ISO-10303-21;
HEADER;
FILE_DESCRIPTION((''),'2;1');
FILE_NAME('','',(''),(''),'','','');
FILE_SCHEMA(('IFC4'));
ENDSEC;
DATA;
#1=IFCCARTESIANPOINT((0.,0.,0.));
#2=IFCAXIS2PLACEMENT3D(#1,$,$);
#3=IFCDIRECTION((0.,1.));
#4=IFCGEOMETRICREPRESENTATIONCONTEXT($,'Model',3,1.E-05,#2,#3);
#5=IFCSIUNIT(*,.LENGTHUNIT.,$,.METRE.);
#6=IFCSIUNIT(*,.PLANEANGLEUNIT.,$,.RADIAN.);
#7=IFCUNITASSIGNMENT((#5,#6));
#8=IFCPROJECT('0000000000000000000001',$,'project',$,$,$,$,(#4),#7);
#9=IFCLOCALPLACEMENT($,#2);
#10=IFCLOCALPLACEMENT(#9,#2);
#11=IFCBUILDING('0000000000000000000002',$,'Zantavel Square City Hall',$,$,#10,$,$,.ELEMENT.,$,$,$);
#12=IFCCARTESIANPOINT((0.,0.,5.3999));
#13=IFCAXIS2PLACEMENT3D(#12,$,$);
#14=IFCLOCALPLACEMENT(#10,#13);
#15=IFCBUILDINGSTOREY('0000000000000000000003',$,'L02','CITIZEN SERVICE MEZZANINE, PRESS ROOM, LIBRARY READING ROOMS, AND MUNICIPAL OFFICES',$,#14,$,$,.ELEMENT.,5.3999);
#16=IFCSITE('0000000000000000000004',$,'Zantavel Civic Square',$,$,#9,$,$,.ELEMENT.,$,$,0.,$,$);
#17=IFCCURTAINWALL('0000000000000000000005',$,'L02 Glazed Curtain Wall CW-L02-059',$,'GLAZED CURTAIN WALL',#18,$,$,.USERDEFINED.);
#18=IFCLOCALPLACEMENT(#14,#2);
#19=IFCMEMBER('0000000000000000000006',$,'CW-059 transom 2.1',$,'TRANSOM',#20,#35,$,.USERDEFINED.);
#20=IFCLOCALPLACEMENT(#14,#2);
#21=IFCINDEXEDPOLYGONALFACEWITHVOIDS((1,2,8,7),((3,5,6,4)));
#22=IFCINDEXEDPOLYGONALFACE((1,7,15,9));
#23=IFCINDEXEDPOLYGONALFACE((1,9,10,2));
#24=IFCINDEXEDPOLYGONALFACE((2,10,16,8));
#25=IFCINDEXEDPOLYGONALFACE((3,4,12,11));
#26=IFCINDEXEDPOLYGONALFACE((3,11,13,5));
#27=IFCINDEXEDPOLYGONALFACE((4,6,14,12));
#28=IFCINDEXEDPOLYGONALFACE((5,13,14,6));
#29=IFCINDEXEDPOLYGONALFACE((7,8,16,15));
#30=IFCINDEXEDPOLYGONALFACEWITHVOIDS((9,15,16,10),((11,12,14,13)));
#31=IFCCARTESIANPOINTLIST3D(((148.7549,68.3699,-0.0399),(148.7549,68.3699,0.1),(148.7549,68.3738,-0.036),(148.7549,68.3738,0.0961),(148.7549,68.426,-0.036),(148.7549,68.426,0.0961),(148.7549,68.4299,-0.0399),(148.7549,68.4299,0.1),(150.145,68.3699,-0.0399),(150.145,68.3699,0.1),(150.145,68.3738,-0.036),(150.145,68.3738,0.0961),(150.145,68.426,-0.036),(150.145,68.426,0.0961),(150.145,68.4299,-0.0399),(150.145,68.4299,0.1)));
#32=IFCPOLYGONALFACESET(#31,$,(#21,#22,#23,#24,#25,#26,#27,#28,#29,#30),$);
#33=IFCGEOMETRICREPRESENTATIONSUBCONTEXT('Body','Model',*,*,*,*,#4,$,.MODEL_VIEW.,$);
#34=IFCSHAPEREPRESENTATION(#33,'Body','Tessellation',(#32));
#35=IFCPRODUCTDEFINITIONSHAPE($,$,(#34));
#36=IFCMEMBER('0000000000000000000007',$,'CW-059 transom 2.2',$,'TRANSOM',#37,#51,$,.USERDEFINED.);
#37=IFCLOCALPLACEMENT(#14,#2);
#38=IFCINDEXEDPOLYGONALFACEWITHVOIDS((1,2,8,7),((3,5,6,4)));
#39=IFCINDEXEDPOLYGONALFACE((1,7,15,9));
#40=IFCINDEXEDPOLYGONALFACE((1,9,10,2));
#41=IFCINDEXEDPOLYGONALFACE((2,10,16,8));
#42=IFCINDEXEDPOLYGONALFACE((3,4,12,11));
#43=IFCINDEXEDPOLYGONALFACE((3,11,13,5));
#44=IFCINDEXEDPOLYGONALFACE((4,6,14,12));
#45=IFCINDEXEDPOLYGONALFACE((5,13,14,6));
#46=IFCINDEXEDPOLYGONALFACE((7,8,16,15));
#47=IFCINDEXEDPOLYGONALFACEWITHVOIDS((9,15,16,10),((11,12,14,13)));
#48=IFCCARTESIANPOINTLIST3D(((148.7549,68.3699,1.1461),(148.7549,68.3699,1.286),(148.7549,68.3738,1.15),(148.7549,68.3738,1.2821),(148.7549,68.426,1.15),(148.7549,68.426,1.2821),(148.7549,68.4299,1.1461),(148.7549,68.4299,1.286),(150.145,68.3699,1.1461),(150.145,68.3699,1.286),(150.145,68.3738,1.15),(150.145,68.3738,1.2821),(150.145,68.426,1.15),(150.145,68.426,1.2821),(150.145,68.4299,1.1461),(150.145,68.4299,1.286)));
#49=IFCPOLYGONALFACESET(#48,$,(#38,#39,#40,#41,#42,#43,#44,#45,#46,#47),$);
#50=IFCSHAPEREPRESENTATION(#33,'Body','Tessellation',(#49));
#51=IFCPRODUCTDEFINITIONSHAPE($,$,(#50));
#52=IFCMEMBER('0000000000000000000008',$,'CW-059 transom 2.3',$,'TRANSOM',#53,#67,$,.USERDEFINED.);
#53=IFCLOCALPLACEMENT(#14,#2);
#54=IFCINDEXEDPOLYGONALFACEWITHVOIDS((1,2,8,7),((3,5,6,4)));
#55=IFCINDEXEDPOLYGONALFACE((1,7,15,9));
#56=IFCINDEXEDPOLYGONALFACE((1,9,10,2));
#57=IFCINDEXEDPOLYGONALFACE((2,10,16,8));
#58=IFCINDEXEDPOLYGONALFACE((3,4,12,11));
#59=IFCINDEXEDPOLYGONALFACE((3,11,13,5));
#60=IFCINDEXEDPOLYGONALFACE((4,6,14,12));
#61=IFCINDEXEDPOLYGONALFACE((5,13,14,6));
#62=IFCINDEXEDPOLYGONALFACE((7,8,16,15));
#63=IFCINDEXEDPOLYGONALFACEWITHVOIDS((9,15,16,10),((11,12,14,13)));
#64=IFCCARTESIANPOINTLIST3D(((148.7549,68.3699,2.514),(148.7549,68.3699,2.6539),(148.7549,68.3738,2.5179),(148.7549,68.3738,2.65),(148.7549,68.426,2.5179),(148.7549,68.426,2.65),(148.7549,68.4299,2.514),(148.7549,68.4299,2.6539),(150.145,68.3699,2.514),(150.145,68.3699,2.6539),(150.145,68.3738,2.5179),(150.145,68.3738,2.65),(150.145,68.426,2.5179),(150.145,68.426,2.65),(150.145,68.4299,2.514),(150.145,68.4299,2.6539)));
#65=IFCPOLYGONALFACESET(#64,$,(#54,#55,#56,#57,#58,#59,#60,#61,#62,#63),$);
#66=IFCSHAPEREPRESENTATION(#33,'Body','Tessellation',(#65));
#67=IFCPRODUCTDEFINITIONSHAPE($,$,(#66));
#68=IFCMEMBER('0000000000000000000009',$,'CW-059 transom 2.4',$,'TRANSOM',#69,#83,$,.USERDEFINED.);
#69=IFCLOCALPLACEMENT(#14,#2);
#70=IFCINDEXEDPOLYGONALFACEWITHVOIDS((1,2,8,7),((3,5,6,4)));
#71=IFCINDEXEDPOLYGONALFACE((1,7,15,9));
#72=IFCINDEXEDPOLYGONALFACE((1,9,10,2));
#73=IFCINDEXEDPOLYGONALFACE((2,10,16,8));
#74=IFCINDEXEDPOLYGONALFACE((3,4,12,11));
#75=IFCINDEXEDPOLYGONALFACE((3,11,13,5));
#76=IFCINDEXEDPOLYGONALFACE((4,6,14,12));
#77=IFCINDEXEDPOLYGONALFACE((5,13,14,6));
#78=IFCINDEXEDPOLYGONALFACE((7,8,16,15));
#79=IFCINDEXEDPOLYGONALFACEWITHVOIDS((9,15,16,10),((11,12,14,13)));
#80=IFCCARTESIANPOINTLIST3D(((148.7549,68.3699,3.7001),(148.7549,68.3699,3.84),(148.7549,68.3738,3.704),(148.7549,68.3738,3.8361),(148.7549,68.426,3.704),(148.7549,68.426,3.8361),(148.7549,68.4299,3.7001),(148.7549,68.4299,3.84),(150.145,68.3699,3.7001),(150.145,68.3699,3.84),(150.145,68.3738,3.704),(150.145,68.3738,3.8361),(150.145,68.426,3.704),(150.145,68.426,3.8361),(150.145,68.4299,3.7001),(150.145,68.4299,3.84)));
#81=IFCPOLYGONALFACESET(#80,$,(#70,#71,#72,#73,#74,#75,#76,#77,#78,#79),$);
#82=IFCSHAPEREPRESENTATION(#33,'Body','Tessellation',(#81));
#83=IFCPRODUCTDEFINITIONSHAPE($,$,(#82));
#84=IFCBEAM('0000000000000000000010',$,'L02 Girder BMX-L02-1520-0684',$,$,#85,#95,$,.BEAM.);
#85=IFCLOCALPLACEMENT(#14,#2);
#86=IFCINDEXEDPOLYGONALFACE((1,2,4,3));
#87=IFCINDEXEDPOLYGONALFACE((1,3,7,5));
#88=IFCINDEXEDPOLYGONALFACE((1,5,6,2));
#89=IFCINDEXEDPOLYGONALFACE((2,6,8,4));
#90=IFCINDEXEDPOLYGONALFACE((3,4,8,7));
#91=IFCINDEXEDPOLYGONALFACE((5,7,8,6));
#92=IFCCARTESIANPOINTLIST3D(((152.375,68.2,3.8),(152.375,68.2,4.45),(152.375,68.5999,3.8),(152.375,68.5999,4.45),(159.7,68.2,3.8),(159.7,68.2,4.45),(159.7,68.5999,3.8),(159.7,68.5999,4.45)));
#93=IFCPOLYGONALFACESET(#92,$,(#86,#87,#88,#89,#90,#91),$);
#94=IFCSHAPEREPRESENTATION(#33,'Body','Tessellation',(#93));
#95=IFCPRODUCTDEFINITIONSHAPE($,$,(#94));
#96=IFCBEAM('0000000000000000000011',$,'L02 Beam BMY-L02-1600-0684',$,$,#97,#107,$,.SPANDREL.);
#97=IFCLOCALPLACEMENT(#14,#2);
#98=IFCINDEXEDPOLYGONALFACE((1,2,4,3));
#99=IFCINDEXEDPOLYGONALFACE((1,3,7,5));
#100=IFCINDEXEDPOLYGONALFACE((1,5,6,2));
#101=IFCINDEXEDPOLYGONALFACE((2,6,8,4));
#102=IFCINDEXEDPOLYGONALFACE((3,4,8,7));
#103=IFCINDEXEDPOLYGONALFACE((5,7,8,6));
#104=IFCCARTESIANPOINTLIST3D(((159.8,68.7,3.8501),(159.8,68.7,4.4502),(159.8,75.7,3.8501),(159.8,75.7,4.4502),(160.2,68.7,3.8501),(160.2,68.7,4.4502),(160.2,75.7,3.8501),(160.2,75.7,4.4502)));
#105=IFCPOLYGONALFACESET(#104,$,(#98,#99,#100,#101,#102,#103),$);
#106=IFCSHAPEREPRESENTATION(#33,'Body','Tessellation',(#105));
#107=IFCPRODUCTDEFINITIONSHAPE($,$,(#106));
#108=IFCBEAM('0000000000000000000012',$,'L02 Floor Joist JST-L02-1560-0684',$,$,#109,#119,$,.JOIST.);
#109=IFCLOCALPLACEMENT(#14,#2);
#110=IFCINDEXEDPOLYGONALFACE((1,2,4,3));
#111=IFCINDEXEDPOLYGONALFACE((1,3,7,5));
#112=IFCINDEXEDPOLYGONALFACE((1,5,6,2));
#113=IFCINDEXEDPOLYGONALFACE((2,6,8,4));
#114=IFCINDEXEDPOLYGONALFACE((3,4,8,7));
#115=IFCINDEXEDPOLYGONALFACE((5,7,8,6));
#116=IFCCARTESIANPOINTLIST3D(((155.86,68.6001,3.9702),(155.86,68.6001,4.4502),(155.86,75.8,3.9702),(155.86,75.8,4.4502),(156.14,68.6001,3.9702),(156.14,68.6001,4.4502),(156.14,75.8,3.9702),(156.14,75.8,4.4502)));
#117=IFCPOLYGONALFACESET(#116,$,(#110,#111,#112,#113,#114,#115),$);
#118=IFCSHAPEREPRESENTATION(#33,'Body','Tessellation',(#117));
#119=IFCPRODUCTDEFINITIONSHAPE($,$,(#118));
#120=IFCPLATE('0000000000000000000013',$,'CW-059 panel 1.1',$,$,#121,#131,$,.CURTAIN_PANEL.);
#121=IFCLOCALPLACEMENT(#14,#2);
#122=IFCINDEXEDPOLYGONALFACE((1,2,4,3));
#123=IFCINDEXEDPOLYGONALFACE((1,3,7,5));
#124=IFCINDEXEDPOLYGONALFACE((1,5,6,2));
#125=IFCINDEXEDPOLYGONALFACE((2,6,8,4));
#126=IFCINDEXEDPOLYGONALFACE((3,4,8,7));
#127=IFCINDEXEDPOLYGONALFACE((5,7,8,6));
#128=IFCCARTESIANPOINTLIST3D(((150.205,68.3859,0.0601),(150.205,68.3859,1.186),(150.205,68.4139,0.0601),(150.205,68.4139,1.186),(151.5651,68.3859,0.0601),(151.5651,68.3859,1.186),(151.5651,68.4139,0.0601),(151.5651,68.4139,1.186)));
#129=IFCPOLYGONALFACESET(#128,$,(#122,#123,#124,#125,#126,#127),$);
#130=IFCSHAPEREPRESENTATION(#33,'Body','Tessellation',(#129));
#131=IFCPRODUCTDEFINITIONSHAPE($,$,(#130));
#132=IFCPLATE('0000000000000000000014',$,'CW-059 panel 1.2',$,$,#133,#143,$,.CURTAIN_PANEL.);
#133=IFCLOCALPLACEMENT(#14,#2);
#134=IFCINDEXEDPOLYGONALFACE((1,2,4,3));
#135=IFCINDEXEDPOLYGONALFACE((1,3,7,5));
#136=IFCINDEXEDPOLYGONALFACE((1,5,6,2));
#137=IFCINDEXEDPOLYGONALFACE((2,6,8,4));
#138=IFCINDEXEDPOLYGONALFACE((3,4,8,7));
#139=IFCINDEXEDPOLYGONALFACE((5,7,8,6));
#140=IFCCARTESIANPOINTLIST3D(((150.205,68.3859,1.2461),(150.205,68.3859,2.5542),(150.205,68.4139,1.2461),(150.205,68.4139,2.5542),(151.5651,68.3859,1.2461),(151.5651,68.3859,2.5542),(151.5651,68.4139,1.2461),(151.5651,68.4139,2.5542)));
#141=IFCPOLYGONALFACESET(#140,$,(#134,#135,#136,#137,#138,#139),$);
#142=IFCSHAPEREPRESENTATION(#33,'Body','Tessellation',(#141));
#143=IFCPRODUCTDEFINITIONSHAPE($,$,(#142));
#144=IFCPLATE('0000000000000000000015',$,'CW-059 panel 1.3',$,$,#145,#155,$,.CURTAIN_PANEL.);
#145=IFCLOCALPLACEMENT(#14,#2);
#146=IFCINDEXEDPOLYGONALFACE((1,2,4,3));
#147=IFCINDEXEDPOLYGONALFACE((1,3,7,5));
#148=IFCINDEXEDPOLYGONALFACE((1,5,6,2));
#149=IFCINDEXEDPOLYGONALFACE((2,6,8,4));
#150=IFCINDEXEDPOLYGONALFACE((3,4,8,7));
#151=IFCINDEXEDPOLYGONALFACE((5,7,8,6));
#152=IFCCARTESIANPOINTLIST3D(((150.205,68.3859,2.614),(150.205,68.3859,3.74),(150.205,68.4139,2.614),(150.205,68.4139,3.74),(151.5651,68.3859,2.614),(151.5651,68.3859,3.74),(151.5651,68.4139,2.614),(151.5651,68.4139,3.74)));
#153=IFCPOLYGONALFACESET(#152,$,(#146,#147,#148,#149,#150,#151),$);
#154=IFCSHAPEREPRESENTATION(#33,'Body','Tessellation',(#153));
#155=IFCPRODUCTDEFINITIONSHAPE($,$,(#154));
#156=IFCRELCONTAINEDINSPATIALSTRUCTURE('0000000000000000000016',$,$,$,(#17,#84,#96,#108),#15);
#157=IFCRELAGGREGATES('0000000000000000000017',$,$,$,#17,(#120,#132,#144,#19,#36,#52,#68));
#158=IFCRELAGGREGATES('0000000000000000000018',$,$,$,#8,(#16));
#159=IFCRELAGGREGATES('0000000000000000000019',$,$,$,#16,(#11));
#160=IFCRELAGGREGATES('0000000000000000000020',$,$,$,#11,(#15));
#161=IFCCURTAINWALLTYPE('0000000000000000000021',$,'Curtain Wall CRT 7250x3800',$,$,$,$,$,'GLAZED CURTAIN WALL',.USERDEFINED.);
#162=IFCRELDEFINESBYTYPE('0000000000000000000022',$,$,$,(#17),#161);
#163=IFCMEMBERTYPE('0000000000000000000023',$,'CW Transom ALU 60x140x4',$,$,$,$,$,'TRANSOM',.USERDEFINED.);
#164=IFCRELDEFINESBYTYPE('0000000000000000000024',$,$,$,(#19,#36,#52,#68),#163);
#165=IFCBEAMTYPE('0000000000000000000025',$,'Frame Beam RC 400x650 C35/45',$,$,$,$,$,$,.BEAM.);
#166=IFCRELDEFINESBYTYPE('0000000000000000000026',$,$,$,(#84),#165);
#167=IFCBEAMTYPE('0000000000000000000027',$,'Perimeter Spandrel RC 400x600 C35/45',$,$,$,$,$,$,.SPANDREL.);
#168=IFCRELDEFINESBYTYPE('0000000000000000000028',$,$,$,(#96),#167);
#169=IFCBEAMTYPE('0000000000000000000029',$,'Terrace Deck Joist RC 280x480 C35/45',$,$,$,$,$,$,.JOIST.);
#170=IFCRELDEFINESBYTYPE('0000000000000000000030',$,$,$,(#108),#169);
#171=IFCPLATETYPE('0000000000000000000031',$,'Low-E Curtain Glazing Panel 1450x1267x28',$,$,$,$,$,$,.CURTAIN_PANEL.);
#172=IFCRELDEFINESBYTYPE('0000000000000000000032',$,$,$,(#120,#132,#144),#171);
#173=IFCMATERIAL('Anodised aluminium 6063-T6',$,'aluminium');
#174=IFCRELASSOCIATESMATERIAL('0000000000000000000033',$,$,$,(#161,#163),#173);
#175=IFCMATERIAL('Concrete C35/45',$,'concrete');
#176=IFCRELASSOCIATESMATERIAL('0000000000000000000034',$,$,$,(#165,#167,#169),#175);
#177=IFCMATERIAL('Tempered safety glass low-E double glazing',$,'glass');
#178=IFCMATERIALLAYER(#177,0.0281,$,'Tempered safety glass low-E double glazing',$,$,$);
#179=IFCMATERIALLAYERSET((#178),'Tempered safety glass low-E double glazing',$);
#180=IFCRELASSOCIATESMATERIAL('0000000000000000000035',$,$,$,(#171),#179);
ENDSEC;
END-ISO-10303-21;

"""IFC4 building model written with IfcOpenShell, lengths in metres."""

from ifc_helpers import new_model, si_unit, direction, frame, origin, origin_2d, place, context, subcontext, project, spatial, rectangle, hollow_rectangle, extrude, material, layer, layer_set, material_profile, profile_set, type_object, element, aggregate, save


model = new_model("IFC4")

# Units and contexts
model_context = context("Model", 3, precision=1e-05, world=origin(), true_north=direction((0.0, 1.0)))
body_context = subcontext(model_context, "Body", "Model", "MODEL_VIEW")
ifc_project = project(units=[si_unit("LENGTHUNIT", "METRE"), si_unit("PLANEANGLEUNIT", "RADIAN")], contexts=[model_context])

# Site, building, storey
site_placement = place(None, origin())
site = spatial("IfcSite", under=ifc_project, at=site_placement, Name="Zantavel Civic Square", CompositionType="ELEMENT", RefElevation=0.0)
building_placement = place(site_placement, origin())
building = spatial("IfcBuilding", under=site, at=building_placement, Name="Zantavel Square City Hall", CompositionType="ELEMENT")
storey_placement = place(building_placement, frame((0.0, 0.0, 5.3999)))
storey = spatial("IfcBuildingStorey", under=building, at=storey_placement, Name="L02", Description="CITIZEN SERVICE MEZZANINE, PRESS ROOM, LIBRARY READING ROOMS, AND MUNICIPAL OFFICES", CompositionType="ELEMENT", Elevation=5.3999)

# Shared definitions
ifc_material_1 = material(Name="Concrete C35/45", Category="concrete")

# Curtain wall, members
ifc_material_2 = material(Name="Anodised aluminium 6063-T6", Category="aluminium")
curtain_wall_type = type_object("IfcCurtainWallType", Name="Curtain Wall CRT 7250x3800", ElementType="GLAZED CURTAIN WALL", PredefinedType="USERDEFINED", material=ifc_material_2)
curtain_wall_placement = place(storey_placement, origin())
curtain_wall = element("IfcCurtainWall", 1, at=curtain_wall_placement, inside=storey, type_object=curtain_wall_type, Name="L02 Glazed Curtain Wall CW-L02-059", ObjectType="GLAZED CURTAIN WALL", PredefinedType="USERDEFINED")
ifc_material_profile_1 = material_profile(ifc_material_2, hollow_rectangle(XDim=0.0601, YDim=0.1399, WallThickness=0.0039, at=origin_2d()), Name="ALU 60x140x4")
ifc_profile_set_1 = profile_set([ifc_material_profile_1], Name="Anodised aluminium 6063-T6")
member_type_1 = type_object("IfcMemberType", Name="CW Transom ALU 60x140x4", ElementType="TRANSOM", PredefinedType="USERDEFINED", material=ifc_profile_set_1)
member_1_placement = place(storey_placement, frame((150.145, 68.3999, 0.03), z_axis=(-1.0, 0.0, 0.0), x_axis=(0.0, -1.0, 0.0)))
member_1 = element("IfcMember", 2, at=member_1_placement, type_object=member_type_1, Name="CW-059 transom 2.1", ObjectType="TRANSOM", PredefinedType="USERDEFINED", context=body_context, shape_type="SweptSolid", body=[
    extrude(hollow_rectangle(XDim=0.0601, YDim=0.1399, WallThickness=0.0039, at=origin_2d()), origin(), (0.0, 0.0, 1.0), 1.3901),
])
member_2_placement = place(storey_placement, frame((150.145, 68.3999, 1.2161), z_axis=(-1.0, 0.0, 0.0), x_axis=(0.0, -1.0, 0.0)))
member_2 = element("IfcMember", 3, at=member_2_placement, type_object=member_type_1, Name="CW-059 transom 2.2", ObjectType="TRANSOM", PredefinedType="USERDEFINED", context=body_context, shape_type="SweptSolid", body=[
    extrude(hollow_rectangle(XDim=0.0601, YDim=0.1399, WallThickness=0.0039, at=origin_2d()), origin(), (0.0, 0.0, 1.0), 1.3901),
])
member_3_placement = place(storey_placement, frame((150.145, 68.3999, 2.584), z_axis=(-1.0, 0.0, 0.0), x_axis=(0.0, -1.0, 0.0)))
member_3 = element("IfcMember", 4, at=member_3_placement, type_object=member_type_1, Name="CW-059 transom 2.3", ObjectType="TRANSOM", PredefinedType="USERDEFINED", context=body_context, shape_type="SweptSolid", body=[
    extrude(hollow_rectangle(XDim=0.0601, YDim=0.1399, WallThickness=0.0039, at=origin_2d()), origin(), (0.0, 0.0, 1.0), 1.3901),
])
member_4_placement = place(storey_placement, frame((150.145, 68.3999, 3.77), z_axis=(-1.0, 0.0, 0.0), x_axis=(0.0, -1.0, 0.0)))
member_4 = element("IfcMember", 5, at=member_4_placement, type_object=member_type_1, Name="CW-059 transom 2.4", ObjectType="TRANSOM", PredefinedType="USERDEFINED", context=body_context, shape_type="SweptSolid", body=[
    extrude(hollow_rectangle(XDim=0.0601, YDim=0.1399, WallThickness=0.0039, at=origin_2d()), origin(), (0.0, 0.0, 1.0), 1.3901),
])

# Beams
ifc_material_profile_2 = material_profile(ifc_material_1, rectangle(XDim=0.3999, YDim=0.6499, at=origin_2d()), Name="RC 400x650")
ifc_profile_set_2 = profile_set([ifc_material_profile_2], Name="Concrete C35/45")
beam_type_1 = type_object("IfcBeamType", Name="Frame Beam RC 400x650 C35/45", PredefinedType="BEAM", material=ifc_profile_set_2)
beam_1_placement = place(storey_placement, frame((152.375, 68.3999, 4.125), z_axis=(1.0, 0.0, 0.0), x_axis=(0.0, 1.0, 0.0)))
element("IfcBeam", 6, at=beam_1_placement, inside=storey, type_object=beam_type_1, Name="L02 Girder BMX-L02-1520-0684", PredefinedType="BEAM", context=body_context, shape_type="SweptSolid", body=[
    extrude(rectangle(XDim=0.3999, YDim=0.6499, at=origin_2d()), origin(), (0.0, 0.0, 1.0), 7.325),
])
ifc_material_profile_3 = material_profile(ifc_material_1, rectangle(XDim=0.3999, YDim=0.6001, at=origin_2d()), Name="RC 400x600")
ifc_profile_set_3 = profile_set([ifc_material_profile_3], Name="Concrete C35/45")
beam_type_2 = type_object("IfcBeamType", Name="Perimeter Spandrel RC 400x600 C35/45", PredefinedType="SPANDREL", material=ifc_profile_set_3)
beam_2_placement = place(storey_placement, frame((160.0, 68.7, 4.1501), z_axis=(0.0, 1.0, 0.0), x_axis=(-1.0, 0.0, 0.0)))
element("IfcBeam", 7, at=beam_2_placement, inside=storey, type_object=beam_type_2, Name="L02 Beam BMY-L02-1600-0684", PredefinedType="SPANDREL", context=body_context, shape_type="SweptSolid", body=[
    extrude(rectangle(XDim=0.3999, YDim=0.6001, at=origin_2d()), origin(), (0.0, 0.0, 1.0), 7.0),
])
ifc_material_profile_4 = material_profile(ifc_material_1, rectangle(XDim=0.28, YDim=0.48, at=origin_2d()), Name="RC 280x480")
ifc_profile_set_4 = profile_set([ifc_material_profile_4], Name="Concrete C35/45")
beam_type_3 = type_object("IfcBeamType", Name="Terrace Deck Joist RC 280x480 C35/45", PredefinedType="JOIST", material=ifc_profile_set_4)
beam_3_placement = place(storey_placement, frame((156.0, 68.6001, 4.2102), z_axis=(0.0, 1.0, 0.0), x_axis=(-1.0, 0.0, 0.0)))
element("IfcBeam", 8, at=beam_3_placement, inside=storey, type_object=beam_type_3, Name="L02 Floor Joist JST-L02-1560-0684", PredefinedType="JOIST", context=body_context, shape_type="SweptSolid", body=[
    extrude(rectangle(XDim=0.28, YDim=0.48, at=origin_2d()), origin(), (0.0, 0.0, 1.0), 7.2),
])

# Plates
ifc_material_3 = material(Name="Tempered safety glass low-E double glazing", Category="glass")
ifc_layer_1 = layer(ifc_material_3, 0.0281, Name="Tempered safety glass low-E double glazing")
ifc_layer_set_1 = layer_set([ifc_layer_1], Name="Tempered safety glass low-E double glazing")
plate_type = type_object("IfcPlateType", Name="Low-E Curtain Glazing Panel 1450x1267x28", PredefinedType="CURTAIN_PANEL", material=ifc_layer_set_1)
plate_1_placement = place(storey_placement, frame((150.885, 68.3999, 0.0601), z_axis=(0.0, 0.0, 1.0), x_axis=(-1.0, 0.0, 0.0)))
plate_1 = element("IfcPlate", 9, at=plate_1_placement, type_object=plate_type, Name="CW-059 panel 1.1", PredefinedType="CURTAIN_PANEL", context=body_context, shape_type="SweptSolid", body=[
    extrude(rectangle(XDim=1.3601, YDim=0.0281, at=origin_2d()), origin(), (0.0, 0.0, 1.0), 1.126),
])
plate_2_placement = place(storey_placement, frame((150.885, 68.3999, 1.2461), z_axis=(0.0, 0.0, 1.0), x_axis=(-1.0, 0.0, 0.0)))
plate_2 = element("IfcPlate", 10, at=plate_2_placement, type_object=plate_type, Name="CW-059 panel 1.2", PredefinedType="CURTAIN_PANEL", context=body_context, shape_type="SweptSolid", body=[
    extrude(rectangle(XDim=1.3601, YDim=0.0281, at=origin_2d()), origin(), (0.0, 0.0, 1.0), 1.3081),
])
plate_3_placement = place(storey_placement, frame((150.885, 68.3999, 2.614), z_axis=(0.0, 0.0, 1.0), x_axis=(-1.0, 0.0, 0.0)))
plate_3 = element("IfcPlate", 11, at=plate_3_placement, type_object=plate_type, Name="CW-059 panel 1.3", PredefinedType="CURTAIN_PANEL", context=body_context, shape_type="SweptSolid", body=[
    extrude(rectangle(XDim=1.3601, YDim=0.0281, at=origin_2d()), origin(), (0.0, 0.0, 1.0), 1.126),
])
aggregate(curtain_wall, [plate_1, plate_2, plate_3, member_1, member_2, member_3, member_4])

save(model, "model.ifc")
